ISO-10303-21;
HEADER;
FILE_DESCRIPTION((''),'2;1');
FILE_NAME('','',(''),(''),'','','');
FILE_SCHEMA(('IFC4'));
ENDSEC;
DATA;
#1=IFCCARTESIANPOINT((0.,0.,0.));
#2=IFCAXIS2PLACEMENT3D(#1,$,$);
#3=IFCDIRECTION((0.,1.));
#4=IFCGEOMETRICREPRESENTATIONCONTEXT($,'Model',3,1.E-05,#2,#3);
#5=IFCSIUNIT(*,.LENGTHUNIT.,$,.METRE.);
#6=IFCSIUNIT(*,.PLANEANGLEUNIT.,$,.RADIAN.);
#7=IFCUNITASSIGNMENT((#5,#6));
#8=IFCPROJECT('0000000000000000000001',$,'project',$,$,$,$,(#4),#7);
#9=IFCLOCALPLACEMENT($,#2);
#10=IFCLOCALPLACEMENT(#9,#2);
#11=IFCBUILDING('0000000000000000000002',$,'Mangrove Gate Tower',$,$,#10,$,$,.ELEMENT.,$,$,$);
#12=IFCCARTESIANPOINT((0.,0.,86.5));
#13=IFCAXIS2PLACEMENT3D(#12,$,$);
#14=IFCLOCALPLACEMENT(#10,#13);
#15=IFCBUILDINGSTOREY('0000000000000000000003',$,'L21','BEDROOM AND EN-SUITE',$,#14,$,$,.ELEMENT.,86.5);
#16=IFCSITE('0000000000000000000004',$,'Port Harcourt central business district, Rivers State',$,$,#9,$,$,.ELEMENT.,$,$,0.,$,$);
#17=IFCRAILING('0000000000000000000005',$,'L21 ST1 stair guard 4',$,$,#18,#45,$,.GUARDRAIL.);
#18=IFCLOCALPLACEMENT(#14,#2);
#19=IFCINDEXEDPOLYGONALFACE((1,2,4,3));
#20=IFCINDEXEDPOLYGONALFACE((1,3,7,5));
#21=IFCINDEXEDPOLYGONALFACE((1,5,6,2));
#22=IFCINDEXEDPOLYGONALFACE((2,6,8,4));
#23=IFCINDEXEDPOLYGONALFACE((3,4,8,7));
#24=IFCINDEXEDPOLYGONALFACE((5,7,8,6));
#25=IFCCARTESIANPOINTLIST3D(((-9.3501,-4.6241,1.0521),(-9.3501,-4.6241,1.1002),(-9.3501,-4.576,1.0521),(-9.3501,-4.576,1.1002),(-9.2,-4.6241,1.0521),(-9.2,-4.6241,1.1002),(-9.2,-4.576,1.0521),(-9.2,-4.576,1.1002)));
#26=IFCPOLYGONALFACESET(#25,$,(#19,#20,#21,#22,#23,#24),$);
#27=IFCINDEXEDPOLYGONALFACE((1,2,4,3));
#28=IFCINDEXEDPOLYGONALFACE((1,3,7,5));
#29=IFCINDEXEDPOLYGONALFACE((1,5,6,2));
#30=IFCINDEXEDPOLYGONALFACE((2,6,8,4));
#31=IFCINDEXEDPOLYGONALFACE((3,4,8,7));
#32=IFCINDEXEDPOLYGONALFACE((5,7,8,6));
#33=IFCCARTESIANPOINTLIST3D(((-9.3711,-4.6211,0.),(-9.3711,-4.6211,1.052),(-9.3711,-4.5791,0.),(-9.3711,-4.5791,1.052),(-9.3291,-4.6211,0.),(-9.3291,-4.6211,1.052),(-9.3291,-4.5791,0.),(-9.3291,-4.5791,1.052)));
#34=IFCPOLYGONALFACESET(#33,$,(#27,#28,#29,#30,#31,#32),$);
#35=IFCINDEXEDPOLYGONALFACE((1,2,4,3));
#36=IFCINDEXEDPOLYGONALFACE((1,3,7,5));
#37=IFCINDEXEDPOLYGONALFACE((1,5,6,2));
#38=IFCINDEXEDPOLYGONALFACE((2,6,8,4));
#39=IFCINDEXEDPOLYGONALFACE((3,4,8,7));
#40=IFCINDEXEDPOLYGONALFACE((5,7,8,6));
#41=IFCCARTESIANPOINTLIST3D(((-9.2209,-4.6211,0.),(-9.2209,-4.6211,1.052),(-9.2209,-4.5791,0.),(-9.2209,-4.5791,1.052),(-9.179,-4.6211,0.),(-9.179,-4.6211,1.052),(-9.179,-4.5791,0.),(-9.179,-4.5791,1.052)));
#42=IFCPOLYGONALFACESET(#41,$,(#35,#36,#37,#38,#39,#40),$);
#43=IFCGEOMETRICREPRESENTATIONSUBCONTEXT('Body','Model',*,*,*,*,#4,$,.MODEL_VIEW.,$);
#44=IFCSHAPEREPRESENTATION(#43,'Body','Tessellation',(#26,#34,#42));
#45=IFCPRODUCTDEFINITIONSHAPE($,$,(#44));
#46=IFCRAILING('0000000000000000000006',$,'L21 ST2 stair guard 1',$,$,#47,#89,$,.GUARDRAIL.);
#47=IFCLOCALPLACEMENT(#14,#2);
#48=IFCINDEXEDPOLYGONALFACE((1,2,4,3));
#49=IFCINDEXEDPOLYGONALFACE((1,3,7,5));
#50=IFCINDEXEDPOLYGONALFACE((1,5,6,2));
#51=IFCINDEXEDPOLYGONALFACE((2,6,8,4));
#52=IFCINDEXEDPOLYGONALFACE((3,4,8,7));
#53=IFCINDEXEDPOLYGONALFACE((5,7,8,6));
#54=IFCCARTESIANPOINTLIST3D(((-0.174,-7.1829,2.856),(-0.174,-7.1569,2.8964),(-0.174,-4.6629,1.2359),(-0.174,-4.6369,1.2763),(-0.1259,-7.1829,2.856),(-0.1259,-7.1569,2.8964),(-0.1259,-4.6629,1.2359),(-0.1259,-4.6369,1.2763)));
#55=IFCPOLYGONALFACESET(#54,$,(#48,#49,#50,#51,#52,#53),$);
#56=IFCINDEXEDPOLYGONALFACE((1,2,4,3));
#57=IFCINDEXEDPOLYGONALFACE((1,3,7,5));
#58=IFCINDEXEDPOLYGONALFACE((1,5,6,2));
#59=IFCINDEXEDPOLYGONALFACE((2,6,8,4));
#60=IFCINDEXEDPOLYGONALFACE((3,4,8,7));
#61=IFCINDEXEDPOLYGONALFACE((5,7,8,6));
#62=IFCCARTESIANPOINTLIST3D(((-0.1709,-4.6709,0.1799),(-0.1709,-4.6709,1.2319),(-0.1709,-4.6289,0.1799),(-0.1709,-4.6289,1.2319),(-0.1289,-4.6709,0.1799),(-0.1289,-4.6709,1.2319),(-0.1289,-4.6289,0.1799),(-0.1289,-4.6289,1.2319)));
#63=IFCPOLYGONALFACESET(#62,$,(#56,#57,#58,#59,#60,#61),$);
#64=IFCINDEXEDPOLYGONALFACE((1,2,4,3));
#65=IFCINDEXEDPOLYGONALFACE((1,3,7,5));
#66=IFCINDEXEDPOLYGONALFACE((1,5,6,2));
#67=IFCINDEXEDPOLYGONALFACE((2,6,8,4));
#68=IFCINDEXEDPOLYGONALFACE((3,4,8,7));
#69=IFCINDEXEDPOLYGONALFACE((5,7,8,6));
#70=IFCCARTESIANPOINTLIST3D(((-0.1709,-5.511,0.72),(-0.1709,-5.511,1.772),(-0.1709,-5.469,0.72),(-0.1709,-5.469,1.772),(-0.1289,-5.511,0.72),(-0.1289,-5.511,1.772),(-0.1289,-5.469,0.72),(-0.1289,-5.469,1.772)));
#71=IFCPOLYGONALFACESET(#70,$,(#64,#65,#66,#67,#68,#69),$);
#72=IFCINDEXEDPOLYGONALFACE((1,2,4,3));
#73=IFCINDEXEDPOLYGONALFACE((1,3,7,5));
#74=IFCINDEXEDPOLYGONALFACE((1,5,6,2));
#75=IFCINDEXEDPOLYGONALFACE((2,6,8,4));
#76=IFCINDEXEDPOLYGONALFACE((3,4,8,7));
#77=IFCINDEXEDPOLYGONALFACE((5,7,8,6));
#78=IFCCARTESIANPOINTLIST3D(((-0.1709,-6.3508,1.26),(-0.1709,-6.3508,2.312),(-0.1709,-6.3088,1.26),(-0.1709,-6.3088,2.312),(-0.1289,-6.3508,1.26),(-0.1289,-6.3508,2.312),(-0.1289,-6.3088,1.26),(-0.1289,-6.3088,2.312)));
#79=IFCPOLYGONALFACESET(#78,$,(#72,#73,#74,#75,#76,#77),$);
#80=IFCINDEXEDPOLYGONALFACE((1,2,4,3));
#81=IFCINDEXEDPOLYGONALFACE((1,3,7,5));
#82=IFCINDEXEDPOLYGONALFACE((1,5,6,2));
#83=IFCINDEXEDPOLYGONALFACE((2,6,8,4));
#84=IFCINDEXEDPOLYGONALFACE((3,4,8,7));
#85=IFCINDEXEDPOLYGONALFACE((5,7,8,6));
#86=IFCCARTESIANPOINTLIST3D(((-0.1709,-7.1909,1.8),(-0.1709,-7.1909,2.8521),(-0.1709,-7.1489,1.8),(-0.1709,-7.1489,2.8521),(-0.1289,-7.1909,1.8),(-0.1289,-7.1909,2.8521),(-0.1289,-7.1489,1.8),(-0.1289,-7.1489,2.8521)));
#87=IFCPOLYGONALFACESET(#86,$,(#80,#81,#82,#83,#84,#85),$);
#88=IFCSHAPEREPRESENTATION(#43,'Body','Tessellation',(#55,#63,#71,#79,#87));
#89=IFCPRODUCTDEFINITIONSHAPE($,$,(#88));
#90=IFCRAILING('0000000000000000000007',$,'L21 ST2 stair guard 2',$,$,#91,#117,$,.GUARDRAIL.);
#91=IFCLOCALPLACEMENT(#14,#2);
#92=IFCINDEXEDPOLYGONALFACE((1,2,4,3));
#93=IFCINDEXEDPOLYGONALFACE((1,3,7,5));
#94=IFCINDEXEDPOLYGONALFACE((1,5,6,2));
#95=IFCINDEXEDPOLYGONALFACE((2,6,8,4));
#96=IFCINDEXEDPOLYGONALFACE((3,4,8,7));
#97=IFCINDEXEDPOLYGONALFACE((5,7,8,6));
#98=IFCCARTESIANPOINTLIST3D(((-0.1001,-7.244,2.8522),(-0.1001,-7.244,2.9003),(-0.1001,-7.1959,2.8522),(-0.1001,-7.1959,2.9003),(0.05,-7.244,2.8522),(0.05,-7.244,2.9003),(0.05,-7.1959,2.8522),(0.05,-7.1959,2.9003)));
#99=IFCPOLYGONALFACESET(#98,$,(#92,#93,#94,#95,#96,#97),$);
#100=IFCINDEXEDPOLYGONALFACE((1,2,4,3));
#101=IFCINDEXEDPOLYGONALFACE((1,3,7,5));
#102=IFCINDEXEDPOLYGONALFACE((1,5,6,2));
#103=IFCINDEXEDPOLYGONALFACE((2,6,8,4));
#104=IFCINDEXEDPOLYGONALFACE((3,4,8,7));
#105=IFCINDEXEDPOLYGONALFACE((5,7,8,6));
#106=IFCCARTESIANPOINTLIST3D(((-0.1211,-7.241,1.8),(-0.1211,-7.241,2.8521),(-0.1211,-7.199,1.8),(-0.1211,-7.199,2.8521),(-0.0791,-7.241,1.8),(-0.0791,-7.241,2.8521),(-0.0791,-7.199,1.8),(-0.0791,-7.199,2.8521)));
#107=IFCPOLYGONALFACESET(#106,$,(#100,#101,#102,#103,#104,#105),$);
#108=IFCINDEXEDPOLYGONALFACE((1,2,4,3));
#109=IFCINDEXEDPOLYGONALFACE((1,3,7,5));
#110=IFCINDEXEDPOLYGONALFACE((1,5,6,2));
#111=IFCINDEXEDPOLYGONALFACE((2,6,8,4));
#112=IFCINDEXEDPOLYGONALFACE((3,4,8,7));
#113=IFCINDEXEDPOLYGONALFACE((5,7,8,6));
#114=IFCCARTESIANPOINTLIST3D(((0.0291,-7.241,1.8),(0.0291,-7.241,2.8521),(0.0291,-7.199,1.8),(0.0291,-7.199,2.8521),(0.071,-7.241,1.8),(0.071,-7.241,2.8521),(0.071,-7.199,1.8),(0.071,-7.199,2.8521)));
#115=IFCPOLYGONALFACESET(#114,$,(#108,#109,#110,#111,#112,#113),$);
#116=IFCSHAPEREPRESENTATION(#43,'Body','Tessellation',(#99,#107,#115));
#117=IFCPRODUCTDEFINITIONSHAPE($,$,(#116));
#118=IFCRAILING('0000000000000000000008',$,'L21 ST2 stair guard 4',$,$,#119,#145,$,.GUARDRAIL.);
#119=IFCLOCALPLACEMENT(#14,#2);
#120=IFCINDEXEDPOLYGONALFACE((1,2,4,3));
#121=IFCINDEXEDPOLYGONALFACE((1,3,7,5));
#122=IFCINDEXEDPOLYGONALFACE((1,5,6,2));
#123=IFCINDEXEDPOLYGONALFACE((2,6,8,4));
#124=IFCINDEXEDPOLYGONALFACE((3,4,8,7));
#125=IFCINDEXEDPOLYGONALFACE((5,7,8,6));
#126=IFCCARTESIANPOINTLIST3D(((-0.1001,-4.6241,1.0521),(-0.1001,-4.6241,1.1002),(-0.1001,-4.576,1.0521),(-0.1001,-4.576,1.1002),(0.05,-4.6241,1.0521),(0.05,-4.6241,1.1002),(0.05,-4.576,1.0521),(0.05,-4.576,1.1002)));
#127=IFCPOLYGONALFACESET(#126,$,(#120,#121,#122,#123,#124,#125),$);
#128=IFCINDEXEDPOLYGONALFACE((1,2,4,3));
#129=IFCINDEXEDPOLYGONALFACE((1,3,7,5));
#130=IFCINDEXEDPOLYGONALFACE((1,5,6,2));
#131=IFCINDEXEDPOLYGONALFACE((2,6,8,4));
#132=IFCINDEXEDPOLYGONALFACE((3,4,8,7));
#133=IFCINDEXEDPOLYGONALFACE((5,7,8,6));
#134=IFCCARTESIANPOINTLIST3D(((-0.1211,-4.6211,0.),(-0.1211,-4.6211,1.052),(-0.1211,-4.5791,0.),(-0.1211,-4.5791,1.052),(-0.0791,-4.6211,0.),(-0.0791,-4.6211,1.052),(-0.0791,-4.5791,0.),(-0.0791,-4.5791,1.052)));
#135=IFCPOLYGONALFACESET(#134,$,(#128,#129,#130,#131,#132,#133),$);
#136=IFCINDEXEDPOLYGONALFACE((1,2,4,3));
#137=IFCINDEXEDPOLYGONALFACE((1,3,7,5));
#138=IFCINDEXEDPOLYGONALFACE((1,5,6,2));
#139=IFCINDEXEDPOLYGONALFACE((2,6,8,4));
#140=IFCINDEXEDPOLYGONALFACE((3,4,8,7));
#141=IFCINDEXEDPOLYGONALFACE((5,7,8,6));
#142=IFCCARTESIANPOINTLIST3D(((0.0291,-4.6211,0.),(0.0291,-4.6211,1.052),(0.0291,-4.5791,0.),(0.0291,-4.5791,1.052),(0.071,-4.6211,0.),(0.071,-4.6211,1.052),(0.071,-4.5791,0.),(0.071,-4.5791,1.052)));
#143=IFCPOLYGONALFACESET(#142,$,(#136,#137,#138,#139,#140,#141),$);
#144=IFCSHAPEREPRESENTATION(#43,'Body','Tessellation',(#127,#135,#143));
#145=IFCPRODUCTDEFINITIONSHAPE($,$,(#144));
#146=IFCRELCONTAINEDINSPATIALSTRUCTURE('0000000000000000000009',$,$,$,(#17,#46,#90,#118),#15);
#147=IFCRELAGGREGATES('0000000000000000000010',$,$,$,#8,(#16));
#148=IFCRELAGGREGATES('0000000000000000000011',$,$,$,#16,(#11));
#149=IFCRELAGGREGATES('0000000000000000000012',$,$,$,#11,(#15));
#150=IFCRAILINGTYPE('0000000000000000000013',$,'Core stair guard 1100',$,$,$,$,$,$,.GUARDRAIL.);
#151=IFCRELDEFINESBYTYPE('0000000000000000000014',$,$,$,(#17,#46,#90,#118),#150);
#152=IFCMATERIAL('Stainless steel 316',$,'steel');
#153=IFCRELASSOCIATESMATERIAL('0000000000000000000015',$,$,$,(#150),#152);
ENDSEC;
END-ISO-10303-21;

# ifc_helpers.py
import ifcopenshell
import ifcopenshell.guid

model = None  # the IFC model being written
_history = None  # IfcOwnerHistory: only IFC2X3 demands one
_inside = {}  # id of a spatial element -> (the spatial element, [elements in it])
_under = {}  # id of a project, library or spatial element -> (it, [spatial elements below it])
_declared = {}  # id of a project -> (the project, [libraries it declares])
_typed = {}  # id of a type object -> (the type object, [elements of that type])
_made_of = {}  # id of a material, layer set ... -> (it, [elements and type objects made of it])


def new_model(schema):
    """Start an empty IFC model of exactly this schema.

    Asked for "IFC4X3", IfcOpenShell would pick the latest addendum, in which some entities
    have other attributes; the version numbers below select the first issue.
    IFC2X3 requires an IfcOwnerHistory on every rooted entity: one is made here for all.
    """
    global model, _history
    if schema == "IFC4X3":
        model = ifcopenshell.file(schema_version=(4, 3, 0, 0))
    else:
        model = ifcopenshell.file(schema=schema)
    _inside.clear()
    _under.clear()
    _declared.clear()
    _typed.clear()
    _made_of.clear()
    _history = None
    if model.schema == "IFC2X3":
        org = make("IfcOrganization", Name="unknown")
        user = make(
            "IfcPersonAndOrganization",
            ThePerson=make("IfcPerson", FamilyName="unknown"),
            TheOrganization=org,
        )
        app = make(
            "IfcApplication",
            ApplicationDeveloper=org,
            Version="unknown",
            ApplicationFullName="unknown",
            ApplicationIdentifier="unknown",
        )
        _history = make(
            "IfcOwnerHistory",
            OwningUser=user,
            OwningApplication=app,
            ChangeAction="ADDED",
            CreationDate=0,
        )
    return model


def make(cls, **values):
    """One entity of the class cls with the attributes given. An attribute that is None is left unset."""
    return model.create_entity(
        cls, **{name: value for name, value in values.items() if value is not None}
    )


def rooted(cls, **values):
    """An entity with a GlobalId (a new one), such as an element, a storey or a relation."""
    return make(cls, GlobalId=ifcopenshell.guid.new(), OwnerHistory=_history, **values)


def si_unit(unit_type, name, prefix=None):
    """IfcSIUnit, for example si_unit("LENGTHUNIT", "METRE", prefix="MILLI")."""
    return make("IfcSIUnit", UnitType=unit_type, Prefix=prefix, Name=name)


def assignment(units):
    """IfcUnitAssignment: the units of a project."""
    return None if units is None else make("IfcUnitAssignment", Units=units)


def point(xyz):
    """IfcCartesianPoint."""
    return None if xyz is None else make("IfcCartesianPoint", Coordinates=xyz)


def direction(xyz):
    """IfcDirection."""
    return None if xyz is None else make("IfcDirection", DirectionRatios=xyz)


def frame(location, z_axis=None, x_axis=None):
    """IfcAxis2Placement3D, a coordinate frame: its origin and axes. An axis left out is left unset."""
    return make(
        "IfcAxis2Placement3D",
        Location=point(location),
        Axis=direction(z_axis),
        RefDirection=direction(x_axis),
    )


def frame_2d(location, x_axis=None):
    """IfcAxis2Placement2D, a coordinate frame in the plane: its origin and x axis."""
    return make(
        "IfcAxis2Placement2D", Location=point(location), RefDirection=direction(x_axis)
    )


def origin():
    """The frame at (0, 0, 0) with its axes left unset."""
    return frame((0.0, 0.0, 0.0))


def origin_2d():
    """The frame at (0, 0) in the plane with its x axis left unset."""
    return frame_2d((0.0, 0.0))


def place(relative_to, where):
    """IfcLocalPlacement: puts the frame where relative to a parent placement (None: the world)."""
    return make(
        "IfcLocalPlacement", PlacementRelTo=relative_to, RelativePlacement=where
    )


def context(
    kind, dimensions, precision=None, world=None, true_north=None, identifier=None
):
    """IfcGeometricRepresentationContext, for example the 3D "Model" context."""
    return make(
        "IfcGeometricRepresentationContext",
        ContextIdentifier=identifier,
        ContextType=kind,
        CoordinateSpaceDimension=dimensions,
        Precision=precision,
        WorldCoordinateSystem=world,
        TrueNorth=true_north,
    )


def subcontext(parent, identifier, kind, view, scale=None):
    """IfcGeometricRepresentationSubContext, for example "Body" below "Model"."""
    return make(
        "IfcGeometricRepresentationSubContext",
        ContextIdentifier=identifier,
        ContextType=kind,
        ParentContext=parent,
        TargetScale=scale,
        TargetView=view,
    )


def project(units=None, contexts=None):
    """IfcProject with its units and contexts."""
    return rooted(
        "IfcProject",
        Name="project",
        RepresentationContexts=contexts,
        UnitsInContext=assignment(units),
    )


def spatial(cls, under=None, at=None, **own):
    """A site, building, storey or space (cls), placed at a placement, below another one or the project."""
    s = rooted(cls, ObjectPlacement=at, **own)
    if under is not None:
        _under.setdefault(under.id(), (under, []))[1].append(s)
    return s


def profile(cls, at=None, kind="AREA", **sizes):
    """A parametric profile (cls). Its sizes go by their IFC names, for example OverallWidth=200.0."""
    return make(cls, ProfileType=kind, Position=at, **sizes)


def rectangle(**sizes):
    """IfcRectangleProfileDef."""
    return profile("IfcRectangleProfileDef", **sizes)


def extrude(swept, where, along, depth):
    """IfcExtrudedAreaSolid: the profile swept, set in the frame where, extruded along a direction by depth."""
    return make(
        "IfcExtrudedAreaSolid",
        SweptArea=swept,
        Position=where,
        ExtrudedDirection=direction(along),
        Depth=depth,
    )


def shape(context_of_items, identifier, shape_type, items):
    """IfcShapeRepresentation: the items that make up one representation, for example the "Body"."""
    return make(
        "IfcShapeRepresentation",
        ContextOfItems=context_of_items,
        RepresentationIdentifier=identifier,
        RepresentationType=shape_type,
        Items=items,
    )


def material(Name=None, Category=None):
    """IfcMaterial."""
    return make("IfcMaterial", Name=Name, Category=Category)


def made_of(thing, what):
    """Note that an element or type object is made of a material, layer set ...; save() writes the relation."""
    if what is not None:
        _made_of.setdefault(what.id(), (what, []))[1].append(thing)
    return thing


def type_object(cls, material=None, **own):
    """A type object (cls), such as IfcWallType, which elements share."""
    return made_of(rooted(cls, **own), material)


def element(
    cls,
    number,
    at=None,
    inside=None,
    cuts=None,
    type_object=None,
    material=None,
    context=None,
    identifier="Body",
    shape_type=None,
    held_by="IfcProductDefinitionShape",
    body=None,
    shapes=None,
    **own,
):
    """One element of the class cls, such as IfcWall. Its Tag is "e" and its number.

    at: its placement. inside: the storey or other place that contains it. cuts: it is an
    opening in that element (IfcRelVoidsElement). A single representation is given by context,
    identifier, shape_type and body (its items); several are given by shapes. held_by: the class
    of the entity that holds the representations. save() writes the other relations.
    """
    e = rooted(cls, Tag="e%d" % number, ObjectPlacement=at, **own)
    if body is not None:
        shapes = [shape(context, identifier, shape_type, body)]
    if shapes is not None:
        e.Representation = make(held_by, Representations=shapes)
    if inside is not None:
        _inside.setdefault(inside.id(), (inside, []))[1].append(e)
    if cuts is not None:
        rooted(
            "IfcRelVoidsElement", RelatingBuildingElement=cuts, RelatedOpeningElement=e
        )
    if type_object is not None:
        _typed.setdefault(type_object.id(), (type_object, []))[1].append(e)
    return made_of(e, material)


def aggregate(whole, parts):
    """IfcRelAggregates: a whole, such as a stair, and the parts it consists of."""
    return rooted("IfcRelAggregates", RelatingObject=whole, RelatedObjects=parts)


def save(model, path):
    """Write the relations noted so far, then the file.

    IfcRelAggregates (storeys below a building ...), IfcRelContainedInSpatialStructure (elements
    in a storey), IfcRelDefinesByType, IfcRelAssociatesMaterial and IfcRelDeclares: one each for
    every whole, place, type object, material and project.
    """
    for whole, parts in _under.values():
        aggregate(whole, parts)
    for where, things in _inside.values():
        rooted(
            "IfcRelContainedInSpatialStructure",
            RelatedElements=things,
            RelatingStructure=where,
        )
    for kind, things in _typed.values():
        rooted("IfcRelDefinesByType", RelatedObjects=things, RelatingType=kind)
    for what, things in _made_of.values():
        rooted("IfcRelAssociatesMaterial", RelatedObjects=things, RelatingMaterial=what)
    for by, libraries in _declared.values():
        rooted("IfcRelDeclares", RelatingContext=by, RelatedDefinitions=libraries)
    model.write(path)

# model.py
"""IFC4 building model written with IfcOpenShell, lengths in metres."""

from ifc_helpers import new_model, si_unit, direction, frame, origin, origin_2d, place, context, subcontext, project, spatial, rectangle, extrude, material, type_object, element, save


model = new_model("IFC4")

# Units and contexts
model_context = context("Model", 3, precision=1e-05, world=origin(), true_north=direction((0.0, 1.0)))
body_context = subcontext(model_context, "Body", "Model", "MODEL_VIEW")
ifc_project = project(units=[si_unit("LENGTHUNIT", "METRE"), si_unit("PLANEANGLEUNIT", "RADIAN")], contexts=[model_context])

# Site, building, storey
site_placement = place(None, origin())
site = spatial("IfcSite", under=ifc_project, at=site_placement, Name="Port Harcourt central business district, Rivers State", CompositionType="ELEMENT", RefElevation=0.0)
building_placement = place(site_placement, origin())
building = spatial("IfcBuilding", under=site, at=building_placement, Name="Mangrove Gate Tower", CompositionType="ELEMENT")
storey_placement = place(building_placement, frame((0.0, 0.0, 86.5)))
storey = spatial("IfcBuildingStorey", under=building, at=storey_placement, Name="L21", Description="BEDROOM AND EN-SUITE", CompositionType="ELEMENT", Elevation=86.5)

# Railings
ifc_material_1 = material(Name="Stainless steel 316", Category="steel")
railing_type_1 = type_object("IfcRailingType", Name="Core stair guard 1100", PredefinedType="GUARDRAIL", material=ifc_material_1)
railing_1_placement = place(storey_placement, frame((-9.3501, -4.6001, 0.0)))
element("IfcRailing", 1, at=railing_1_placement, inside=storey, type_object=railing_type_1, Name="L21 ST1 stair guard 4", PredefinedType="GUARDRAIL", context=body_context, shape_type="SweptSolid", body=[
    extrude(rectangle(XDim=0.0481, YDim=0.0481, at=origin_2d()), frame((0.0, 0.0, 1.0762), z_axis=(1.0, 0.0, 0.0), x_axis=(0.0, 1.0, 0.0)), (0.0, 0.0, 1.0), 0.1501),
    extrude(rectangle(XDim=0.042, YDim=0.042, at=origin_2d()), origin(), (0.0, 0.0, 1.0), 1.052),
    extrude(rectangle(XDim=0.042, YDim=0.042, at=origin_2d()), frame((0.1501, 0.0, 0.0)), (0.0, 0.0, 1.0), 1.052),
])
railing_2_placement = place(storey_placement, frame((-0.1499, -4.6499, 0.1799)))
element("IfcRailing", 2, at=railing_2_placement, inside=storey, type_object=railing_type_1, Name="L21 ST2 stair guard 1", PredefinedType="GUARDRAIL", context=body_context, shape_type="SweptSolid", body=[
    extrude(rectangle(XDim=0.0481, YDim=0.0481, at=origin_2d()), frame((0.0, 0.0, 1.0762), z_axis=(0.0, -0.841163, 0.540782), x_axis=(1.0, 0.0, 0.0)), (0.0, 0.0, 1.0), 2.9958),
    extrude(rectangle(XDim=0.042, YDim=0.042, at=origin_2d()), origin(), (0.0, 0.0, 1.0), 1.052),
    extrude(rectangle(XDim=0.042, YDim=0.042, at=origin_2d()), frame((0.0, -0.8401, 0.54)), (0.0, 0.0, 1.0), 1.052),
    extrude(rectangle(XDim=0.042, YDim=0.042, at=origin_2d()), frame((0.0, -1.6799, 1.0801)), (0.0, 0.0, 1.0), 1.052),
    extrude(rectangle(XDim=0.042, YDim=0.042, at=origin_2d()), frame((0.0, -2.52, 1.6201)), (0.0, 0.0, 1.0), 1.052),
])
for number, where, name in (
    (3, (-0.1001, -7.22, 1.8), "L21 ST2 stair guard 2"),
    (4, (-0.1001, -4.6001, 0.0), "L21 ST2 stair guard 4"),
):
    element("IfcRailing", number, at=place(storey_placement, frame(where)), inside=storey, type_object=railing_type_1, Name=name, PredefinedType="GUARDRAIL", context=body_context, shape_type="SweptSolid", body=[
        extrude(rectangle(XDim=0.0481, YDim=0.0481, at=origin_2d()), frame((0.0, 0.0, 1.0762), z_axis=(1.0, 0.0, 0.0), x_axis=(0.0, 1.0, 0.0)), (0.0, 0.0, 1.0), 0.1501),
        extrude(rectangle(XDim=0.042, YDim=0.042, at=origin_2d()), origin(), (0.0, 0.0, 1.0), 1.052),
        extrude(rectangle(XDim=0.042, YDim=0.042, at=origin_2d()), frame((0.1501, 0.0, 0.0)), (0.0, 0.0, 1.0), 1.052),
    ])

save(model, "model.ifc")
